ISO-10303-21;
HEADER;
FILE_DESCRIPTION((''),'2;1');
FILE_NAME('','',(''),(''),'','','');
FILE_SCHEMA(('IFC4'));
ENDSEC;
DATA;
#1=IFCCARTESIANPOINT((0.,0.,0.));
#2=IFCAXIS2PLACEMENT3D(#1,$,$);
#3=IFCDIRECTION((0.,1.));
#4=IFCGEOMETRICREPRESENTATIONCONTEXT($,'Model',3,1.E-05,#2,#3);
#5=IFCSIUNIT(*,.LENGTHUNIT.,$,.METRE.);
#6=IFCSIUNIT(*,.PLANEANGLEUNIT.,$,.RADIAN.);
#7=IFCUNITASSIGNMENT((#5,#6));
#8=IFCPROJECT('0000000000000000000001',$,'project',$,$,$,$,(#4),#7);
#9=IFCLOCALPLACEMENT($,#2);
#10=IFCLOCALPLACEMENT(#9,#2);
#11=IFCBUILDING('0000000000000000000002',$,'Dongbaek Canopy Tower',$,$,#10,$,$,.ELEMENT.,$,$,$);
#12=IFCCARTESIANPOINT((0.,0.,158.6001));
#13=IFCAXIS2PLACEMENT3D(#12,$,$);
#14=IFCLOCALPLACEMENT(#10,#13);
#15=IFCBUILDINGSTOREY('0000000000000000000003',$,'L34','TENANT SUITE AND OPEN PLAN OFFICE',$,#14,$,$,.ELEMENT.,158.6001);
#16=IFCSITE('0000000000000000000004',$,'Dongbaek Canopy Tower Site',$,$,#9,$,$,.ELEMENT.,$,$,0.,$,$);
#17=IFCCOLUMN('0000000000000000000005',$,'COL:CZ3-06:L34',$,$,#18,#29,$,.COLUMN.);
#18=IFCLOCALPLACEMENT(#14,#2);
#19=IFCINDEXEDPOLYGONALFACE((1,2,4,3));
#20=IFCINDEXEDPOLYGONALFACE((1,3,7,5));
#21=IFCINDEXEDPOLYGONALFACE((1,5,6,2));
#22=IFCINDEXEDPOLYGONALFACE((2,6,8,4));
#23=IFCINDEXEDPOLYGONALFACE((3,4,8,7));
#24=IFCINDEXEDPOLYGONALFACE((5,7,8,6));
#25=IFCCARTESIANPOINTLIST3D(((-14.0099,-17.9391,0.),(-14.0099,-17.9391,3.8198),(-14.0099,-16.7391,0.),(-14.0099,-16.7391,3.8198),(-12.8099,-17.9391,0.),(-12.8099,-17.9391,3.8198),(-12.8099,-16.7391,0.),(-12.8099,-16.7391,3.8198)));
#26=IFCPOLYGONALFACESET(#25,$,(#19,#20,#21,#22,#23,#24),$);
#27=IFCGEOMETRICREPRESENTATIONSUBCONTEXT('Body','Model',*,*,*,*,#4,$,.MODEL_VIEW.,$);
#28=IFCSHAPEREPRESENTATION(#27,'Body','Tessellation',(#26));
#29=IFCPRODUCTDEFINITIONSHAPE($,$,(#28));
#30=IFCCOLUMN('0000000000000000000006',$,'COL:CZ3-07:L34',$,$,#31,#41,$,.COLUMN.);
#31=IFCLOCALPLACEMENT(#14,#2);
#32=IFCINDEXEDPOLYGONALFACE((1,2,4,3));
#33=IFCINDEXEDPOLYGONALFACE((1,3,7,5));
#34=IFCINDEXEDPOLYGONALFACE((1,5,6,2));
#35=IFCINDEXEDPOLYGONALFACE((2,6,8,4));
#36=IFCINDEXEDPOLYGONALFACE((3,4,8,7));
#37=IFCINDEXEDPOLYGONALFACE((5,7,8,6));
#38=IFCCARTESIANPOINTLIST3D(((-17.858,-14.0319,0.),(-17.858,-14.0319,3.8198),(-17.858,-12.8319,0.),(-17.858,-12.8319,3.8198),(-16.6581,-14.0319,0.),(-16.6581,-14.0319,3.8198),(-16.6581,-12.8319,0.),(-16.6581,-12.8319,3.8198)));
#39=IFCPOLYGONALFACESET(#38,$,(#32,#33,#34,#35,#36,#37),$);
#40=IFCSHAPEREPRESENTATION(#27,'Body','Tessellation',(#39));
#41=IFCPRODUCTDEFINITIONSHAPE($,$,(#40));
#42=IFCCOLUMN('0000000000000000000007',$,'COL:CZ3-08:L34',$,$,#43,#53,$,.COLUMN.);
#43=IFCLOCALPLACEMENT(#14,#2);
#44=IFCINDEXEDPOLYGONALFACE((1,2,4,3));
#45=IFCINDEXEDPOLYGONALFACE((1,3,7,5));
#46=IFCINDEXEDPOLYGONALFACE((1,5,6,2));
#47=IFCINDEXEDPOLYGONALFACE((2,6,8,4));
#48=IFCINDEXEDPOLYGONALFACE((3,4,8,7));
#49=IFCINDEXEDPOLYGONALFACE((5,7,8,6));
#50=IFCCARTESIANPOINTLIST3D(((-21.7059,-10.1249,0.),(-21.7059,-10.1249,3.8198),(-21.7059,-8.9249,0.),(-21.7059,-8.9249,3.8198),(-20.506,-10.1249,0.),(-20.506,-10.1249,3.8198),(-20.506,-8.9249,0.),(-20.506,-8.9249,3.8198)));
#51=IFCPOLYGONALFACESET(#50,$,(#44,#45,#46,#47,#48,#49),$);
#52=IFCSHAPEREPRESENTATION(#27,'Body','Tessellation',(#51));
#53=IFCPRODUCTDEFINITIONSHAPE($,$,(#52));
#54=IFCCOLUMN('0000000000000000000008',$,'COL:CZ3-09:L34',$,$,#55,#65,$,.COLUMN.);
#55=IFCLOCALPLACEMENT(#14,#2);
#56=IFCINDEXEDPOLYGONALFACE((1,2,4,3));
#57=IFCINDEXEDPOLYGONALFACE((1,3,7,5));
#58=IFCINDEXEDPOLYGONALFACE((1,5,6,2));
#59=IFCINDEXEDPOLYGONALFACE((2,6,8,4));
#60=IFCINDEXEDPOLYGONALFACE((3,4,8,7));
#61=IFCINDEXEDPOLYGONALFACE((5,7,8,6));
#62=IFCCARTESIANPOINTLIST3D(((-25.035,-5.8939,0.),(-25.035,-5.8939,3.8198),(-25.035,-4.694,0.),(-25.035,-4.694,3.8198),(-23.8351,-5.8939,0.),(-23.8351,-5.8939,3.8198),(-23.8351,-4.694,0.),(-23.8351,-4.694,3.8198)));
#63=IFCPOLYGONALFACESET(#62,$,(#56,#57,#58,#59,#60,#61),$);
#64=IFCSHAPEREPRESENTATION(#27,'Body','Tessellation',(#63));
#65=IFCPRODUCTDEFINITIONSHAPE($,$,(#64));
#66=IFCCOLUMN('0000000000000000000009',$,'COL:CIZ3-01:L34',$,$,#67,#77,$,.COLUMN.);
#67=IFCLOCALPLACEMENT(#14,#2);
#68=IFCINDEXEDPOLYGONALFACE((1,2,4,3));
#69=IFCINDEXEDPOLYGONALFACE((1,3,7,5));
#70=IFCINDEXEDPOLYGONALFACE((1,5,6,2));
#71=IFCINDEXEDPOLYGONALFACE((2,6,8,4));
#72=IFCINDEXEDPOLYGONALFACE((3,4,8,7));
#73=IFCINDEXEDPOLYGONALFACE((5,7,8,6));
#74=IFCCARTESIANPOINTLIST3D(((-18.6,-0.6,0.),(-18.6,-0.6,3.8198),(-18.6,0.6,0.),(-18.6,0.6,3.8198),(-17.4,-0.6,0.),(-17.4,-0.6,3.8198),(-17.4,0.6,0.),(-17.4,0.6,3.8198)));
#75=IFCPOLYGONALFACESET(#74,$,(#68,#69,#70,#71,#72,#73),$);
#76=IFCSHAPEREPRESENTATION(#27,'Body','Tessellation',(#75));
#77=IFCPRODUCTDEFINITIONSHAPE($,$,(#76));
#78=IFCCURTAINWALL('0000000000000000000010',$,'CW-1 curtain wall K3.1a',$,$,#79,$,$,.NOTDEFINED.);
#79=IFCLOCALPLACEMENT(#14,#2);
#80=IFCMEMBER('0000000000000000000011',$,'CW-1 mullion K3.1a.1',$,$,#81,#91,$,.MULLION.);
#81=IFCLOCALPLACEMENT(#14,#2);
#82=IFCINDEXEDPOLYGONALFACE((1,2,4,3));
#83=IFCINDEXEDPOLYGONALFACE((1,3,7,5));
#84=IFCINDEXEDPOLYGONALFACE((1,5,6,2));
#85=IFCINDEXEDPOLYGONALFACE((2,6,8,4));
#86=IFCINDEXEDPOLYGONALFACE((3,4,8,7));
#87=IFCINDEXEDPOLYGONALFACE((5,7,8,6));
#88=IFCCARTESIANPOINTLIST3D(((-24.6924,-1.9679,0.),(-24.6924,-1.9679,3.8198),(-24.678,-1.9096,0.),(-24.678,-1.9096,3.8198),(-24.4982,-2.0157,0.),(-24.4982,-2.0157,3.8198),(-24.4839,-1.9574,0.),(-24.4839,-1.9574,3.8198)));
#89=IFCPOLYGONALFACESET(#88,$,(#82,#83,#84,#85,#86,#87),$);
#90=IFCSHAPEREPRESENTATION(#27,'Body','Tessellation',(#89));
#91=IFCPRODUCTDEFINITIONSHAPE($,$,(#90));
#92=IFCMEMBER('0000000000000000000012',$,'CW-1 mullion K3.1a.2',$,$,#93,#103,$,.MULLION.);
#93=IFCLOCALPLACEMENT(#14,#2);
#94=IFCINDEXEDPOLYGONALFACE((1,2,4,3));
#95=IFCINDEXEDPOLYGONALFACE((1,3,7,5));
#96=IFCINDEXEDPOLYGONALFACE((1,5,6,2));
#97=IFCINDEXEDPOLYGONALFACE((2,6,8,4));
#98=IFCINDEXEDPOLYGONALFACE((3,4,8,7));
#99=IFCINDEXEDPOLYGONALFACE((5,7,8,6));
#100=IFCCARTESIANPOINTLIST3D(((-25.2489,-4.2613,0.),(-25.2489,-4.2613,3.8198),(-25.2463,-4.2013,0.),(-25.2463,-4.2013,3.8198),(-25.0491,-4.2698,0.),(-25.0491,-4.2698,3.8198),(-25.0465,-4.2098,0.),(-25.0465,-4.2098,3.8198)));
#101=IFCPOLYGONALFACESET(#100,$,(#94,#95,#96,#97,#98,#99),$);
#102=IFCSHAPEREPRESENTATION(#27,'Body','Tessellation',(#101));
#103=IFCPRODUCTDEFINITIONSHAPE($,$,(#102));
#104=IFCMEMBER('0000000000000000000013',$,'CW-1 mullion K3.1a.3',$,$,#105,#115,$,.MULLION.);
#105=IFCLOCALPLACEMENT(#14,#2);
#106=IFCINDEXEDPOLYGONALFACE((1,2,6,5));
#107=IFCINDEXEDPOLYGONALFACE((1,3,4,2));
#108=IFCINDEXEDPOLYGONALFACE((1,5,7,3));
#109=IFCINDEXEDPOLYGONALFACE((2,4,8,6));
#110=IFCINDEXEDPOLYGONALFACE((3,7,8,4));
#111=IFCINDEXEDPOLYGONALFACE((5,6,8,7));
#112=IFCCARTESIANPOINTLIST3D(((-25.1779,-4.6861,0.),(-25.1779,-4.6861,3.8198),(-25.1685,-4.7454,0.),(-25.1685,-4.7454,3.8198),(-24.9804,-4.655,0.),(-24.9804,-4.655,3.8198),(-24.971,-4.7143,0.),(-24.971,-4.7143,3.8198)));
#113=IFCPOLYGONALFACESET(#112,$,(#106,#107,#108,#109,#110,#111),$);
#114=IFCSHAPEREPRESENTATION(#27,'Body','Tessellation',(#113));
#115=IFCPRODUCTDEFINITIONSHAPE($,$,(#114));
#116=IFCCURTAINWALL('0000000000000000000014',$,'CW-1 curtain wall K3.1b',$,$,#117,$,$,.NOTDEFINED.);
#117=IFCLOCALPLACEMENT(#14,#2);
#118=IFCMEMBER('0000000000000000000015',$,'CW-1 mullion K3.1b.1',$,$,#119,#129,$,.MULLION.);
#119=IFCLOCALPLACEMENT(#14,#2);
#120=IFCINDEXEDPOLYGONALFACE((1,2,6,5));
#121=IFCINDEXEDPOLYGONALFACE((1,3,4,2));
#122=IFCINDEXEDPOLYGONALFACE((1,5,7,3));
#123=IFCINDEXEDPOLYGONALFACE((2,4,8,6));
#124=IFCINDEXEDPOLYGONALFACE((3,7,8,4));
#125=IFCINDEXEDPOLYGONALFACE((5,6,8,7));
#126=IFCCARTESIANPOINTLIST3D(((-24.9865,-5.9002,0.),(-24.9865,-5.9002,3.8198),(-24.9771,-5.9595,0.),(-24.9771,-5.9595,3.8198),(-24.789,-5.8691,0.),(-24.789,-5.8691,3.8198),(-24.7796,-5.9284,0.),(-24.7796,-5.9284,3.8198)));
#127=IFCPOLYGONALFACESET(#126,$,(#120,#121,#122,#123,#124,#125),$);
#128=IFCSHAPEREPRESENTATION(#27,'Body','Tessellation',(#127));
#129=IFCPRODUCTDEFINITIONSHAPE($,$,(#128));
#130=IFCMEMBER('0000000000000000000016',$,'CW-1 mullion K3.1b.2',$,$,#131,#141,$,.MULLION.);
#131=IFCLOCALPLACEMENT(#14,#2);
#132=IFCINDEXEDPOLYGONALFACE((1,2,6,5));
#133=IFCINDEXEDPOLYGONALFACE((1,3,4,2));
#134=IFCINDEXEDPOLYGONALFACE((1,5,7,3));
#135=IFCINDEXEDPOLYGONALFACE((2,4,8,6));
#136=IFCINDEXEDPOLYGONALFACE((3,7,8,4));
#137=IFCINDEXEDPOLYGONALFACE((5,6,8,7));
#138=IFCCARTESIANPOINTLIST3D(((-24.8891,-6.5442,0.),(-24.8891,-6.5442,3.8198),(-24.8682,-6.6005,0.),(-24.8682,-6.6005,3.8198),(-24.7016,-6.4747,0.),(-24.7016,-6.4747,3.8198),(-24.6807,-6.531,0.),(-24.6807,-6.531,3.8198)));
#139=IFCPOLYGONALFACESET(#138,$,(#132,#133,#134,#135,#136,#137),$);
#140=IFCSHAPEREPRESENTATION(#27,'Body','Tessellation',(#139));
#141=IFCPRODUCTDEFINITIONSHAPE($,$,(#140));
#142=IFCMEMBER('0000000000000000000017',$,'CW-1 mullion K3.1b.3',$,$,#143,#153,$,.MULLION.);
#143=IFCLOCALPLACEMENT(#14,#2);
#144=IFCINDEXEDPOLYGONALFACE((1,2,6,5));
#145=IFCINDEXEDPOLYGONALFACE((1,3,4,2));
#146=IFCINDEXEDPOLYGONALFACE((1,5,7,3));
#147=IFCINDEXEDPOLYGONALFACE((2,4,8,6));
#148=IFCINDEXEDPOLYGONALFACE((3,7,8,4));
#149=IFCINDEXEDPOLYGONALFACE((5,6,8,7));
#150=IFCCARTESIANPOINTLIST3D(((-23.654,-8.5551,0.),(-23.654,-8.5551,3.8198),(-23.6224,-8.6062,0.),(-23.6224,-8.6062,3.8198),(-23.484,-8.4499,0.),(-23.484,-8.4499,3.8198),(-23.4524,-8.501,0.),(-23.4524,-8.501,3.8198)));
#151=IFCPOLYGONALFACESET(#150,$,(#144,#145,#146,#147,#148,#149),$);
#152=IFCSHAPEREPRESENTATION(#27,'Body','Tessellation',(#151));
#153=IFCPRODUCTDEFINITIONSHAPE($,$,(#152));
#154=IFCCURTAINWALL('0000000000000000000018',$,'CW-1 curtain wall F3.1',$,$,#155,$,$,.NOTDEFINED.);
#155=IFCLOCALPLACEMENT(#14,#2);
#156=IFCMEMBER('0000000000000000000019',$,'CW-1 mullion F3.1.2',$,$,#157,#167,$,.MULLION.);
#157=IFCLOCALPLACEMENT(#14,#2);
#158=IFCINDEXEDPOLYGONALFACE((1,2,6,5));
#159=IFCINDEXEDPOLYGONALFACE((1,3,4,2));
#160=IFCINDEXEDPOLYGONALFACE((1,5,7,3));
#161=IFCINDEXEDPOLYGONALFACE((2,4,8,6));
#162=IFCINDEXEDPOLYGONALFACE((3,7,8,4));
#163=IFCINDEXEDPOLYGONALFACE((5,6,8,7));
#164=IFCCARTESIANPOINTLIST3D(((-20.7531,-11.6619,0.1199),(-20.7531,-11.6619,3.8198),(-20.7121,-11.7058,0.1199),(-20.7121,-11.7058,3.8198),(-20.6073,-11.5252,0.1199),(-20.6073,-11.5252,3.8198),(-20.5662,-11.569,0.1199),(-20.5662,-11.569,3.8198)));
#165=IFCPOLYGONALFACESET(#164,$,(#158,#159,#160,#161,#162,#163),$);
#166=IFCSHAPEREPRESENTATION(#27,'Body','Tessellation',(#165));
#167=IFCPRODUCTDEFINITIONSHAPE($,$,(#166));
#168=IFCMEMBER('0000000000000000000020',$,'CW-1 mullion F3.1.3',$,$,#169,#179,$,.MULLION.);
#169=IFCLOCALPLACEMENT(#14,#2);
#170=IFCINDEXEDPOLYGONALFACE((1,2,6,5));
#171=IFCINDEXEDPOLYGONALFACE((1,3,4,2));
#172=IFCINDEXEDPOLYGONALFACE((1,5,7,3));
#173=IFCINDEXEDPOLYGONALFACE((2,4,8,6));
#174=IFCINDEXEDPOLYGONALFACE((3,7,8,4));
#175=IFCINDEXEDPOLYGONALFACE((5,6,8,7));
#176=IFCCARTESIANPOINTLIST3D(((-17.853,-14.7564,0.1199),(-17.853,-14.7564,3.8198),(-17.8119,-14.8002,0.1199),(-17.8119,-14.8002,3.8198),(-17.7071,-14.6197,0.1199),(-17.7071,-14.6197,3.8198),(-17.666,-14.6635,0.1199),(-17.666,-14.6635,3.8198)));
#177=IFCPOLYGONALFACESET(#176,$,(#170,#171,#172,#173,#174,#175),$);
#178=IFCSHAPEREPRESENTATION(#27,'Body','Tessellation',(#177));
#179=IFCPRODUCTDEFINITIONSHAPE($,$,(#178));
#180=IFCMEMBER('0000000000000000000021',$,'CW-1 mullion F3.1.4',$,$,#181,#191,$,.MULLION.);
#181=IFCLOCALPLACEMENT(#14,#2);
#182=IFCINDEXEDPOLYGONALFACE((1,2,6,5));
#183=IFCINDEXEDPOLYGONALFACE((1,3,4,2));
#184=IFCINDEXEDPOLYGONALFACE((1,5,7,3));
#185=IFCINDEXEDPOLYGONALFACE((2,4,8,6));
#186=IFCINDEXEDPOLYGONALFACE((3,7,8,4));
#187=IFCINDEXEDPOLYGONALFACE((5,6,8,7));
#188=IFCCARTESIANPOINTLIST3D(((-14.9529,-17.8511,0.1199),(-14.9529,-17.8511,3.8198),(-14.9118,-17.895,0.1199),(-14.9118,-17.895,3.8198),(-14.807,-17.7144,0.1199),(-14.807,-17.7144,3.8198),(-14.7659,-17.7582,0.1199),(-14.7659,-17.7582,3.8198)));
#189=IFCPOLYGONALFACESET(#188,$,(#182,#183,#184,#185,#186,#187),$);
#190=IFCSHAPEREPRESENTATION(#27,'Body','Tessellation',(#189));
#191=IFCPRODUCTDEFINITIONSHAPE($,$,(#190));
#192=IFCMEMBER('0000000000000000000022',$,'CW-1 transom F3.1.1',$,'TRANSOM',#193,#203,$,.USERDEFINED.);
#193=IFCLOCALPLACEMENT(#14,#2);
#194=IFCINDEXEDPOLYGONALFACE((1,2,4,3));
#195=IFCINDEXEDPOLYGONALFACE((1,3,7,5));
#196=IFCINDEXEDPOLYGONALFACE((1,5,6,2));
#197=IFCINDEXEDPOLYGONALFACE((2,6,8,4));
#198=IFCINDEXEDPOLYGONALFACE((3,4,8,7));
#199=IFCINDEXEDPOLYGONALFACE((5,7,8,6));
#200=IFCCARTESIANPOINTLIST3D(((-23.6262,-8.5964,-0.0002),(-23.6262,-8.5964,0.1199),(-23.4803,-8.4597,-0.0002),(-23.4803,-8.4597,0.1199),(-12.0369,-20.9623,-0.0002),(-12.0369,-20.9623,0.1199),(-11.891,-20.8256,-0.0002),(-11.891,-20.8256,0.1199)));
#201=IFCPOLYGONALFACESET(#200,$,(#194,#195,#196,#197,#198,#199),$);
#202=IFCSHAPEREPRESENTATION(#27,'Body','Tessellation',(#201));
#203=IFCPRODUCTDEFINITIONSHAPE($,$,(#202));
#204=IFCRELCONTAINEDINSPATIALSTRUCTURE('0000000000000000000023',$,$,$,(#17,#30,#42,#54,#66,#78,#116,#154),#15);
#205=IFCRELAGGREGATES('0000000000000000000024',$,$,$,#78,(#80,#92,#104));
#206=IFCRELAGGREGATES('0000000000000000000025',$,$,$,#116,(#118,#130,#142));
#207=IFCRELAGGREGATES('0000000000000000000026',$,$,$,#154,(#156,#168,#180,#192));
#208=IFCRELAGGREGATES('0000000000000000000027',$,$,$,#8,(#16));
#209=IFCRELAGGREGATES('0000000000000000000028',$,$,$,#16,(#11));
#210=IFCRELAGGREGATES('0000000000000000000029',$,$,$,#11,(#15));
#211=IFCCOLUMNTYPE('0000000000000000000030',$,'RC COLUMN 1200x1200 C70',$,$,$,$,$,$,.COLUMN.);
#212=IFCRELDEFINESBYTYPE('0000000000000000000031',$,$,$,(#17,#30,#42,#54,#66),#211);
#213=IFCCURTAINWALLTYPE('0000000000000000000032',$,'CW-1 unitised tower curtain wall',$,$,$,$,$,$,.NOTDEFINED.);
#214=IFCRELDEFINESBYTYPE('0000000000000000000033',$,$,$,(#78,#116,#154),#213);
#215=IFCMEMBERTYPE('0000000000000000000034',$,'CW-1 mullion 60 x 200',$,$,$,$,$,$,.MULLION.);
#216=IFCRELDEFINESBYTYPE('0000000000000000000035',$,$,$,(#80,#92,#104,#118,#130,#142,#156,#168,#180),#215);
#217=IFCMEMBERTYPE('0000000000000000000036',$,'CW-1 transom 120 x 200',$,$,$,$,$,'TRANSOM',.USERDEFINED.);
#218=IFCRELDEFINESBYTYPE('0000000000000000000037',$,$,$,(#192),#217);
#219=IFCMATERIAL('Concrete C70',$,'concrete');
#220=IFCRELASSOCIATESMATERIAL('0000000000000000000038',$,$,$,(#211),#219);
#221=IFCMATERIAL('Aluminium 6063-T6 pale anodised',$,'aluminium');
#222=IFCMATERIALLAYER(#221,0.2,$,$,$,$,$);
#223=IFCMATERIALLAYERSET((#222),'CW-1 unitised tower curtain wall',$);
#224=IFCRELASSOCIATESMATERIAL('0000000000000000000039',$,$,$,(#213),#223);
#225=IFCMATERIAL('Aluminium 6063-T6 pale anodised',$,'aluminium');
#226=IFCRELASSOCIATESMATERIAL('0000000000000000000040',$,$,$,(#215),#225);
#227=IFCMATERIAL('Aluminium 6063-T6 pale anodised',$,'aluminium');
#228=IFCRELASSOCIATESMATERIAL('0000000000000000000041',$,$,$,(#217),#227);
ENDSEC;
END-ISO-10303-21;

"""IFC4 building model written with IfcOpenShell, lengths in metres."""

from ifc_helpers import new_model, si_unit, direction, frame, origin, origin_2d, place, context, subcontext, project, spatial, rectangle, extrude, material, layer, layer_set, material_profile, profile_set, type_object, element, aggregate, save


model = new_model("IFC4")

# Units and contexts
model_context = context("Model", 3, precision=1e-05, world=origin(), true_north=direction((0.0, 1.0)))
body_context = subcontext(model_context, "Body", "Model", "MODEL_VIEW")
ifc_project = project(units=[si_unit("LENGTHUNIT", "METRE"), si_unit("PLANEANGLEUNIT", "RADIAN")], contexts=[model_context])

# Site, building, storey
site_placement = place(None, origin())
site = spatial("IfcSite", under=ifc_project, at=site_placement, Name="Dongbaek Canopy Tower Site", CompositionType="ELEMENT", RefElevation=0.0)
building_placement = place(site_placement, origin())
building = spatial("IfcBuilding", under=site, at=building_placement, Name="Dongbaek Canopy Tower", CompositionType="ELEMENT")
storey_placement = place(building_placement, frame((0.0, 0.0, 158.6001)))
storey = spatial("IfcBuildingStorey", under=building, at=storey_placement, Name="L34", Description="TENANT SUITE AND OPEN PLAN OFFICE", CompositionType="ELEMENT", Elevation=158.6001)

# Columns
ifc_material_1 = material(Name="Concrete C70", Category="concrete")
ifc_material_profile_1 = material_profile(ifc_material_1, rectangle(XDim=1.2, YDim=1.2, at=origin_2d()), Name="RC COLUMN 1200x1200 C70")
ifc_profile_set_1 = profile_set([ifc_material_profile_1], Name="Concrete C70")
column_type = type_object("IfcColumnType", Name="RC COLUMN 1200x1200 C70", PredefinedType="COLUMN", material=ifc_profile_set_1)
for number, where, z_axis, x_axis, name in (
    (1, (-13.4099, -17.3391, 0.0), (0.0, 0.0, 1.0), (1.0, 0.0, 0.0), "COL:CZ3-06:L34"),
    (2, (-17.2581, -13.4319, 0.0), (0.0, 0.0, 1.0), (1.0, 0.0, 0.0), "COL:CZ3-07:L34"),
    (3, (-21.106, -9.5249, 0.0), (0.0, 0.0, 1.0), (1.0, 0.0, 0.0), "COL:CZ3-08:L34"),
    (4, (-24.4351, -5.2939, 0.0), (0.0, 0.0, 1.0), (1.0, 0.0, 0.0), "COL:CZ3-09:L34"),
    (5, (-18.0, 0.0, 0.0), (0.0, 0.0, 1.0), (1.0, 0.0, 0.0), "COL:CIZ3-01:L34"),
):
    element("IfcColumn", number, at=place(storey_placement, frame(where, z_axis=z_axis, x_axis=x_axis)), inside=storey, type_object=column_type, Name=name, PredefinedType="COLUMN", context=body_context, shape_type="SweptSolid", body=[
        extrude(rectangle(XDim=1.2, YDim=1.2, at=origin_2d()), origin(), (0.0, 0.0, 1.0), 3.8198),
    ])

# Curtain walls, members
ifc_material_2 = material(Name="Aluminium 6063-T6 pale anodised", Category="aluminium")
ifc_layer_1 = layer(ifc_material_2, 0.2)
ifc_layer_set_1 = layer_set([ifc_layer_1], Name="CW-1 unitised tower curtain wall")
curtain_wall_type = type_object("IfcCurtainWallType", Name="CW-1 unitised tower curtain wall", PredefinedType="NOTDEFINED", material=ifc_layer_set_1)
curtain_wall_1_placement = place(storey_placement, origin())
curtain_wall_1 = element("IfcCurtainWall", 6, at=curtain_wall_1_placement, inside=storey, type_object=curtain_wall_type, Name="CW-1 curtain wall K3.1a", PredefinedType="NOTDEFINED")
ifc_material_3 = material(Name="Aluminium 6063-T6 pale anodised", Category="aluminium")
ifc_material_profile_2 = material_profile(ifc_material_3, rectangle(XDim=0.2, YDim=0.0601, at=origin_2d()), Name="CW-1 mullion 60 x 200")
ifc_profile_set_2 = profile_set([ifc_material_profile_2], Name="Aluminium 6063-T6 pale anodised")
member_type_1 = type_object("IfcMemberType", Name="CW-1 mullion 60 x 200", PredefinedType="MULLION", material=ifc_profile_set_2)
member_1_placement = place(storey_placement, frame((-24.5881, -1.9626, 0.0), z_axis=(0.0, 0.0, 1.0), x_axis=(-0.971001, 0.239077, 0.0)))
member_1 = element("IfcMember", 7, at=member_1_placement, type_object=member_type_1, Name="CW-1 mullion K3.1a.1", PredefinedType="MULLION", context=body_context, shape_type="SweptSolid", body=[
    extrude(rectangle(XDim=0.2, YDim=0.0601, at=origin_2d()), origin(), (0.0, 0.0, 1.0), 3.8198),
])
member_2_placement = place(storey_placement, frame((-25.1477, -4.2356, 0.0), z_axis=(0.0, 0.0, 1.0), x_axis=(-0.999096, 0.042522, 0.0)))
member_2 = element("IfcMember", 8, at=member_2_placement, type_object=member_type_1, Name="CW-1 mullion K3.1a.2", PredefinedType="MULLION", context=body_context, shape_type="SweptSolid", body=[
    extrude(rectangle(XDim=0.2, YDim=0.0601, at=origin_2d()), origin(), (0.0, 0.0, 1.0), 3.8198),
])
member_3_placement = place(storey_placement, frame((-25.0745, -4.7002, 0.0), z_axis=(0.0, 0.0, 1.0), x_axis=(-0.987803, -0.15571, 0.0)))
member_3 = element("IfcMember", 9, at=member_3_placement, type_object=member_type_1, Name="CW-1 mullion K3.1a.3", PredefinedType="MULLION", context=body_context, shape_type="SweptSolid", body=[
    extrude(rectangle(XDim=0.2, YDim=0.0601, at=origin_2d()), origin(), (0.0, 0.0, 1.0), 3.8198),
])
curtain_wall_2_placement = place(storey_placement, origin())
curtain_wall_2 = element("IfcCurtainWall", 10, at=curtain_wall_2_placement, inside=storey, type_object=curtain_wall_type, Name="CW-1 curtain wall K3.1b", PredefinedType="NOTDEFINED")
member_4_placement = place(storey_placement, frame((-24.8831, -5.9143, 0.0), z_axis=(0.0, 0.0, 1.0), x_axis=(-0.987803, -0.15571, 0.0)))
member_4 = element("IfcMember", 11, at=member_4_placement, type_object=member_type_1, Name="CW-1 mullion K3.1b.1", PredefinedType="MULLION", context=body_context, shape_type="SweptSolid", body=[
    extrude(rectangle(XDim=0.2, YDim=0.0601, at=origin_2d()), origin(), (0.0, 0.0, 1.0), 3.8198),
])
member_5_placement = place(storey_placement, frame((-24.7849, -6.5376, 0.0), z_axis=(0.0, 0.0, 1.0), x_axis=(-0.937568, -0.347803, 0.0)))
member_5 = element("IfcMember", 12, at=member_5_placement, type_object=member_type_1, Name="CW-1 mullion K3.1b.2", PredefinedType="MULLION", context=body_context, shape_type="SweptSolid", body=[
    extrude(rectangle(XDim=0.2, YDim=0.0601, at=origin_2d()), origin(), (0.0, 0.0, 1.0), 3.8198),
])
member_6_placement = place(storey_placement, frame((-23.5532, -8.5281, 0.0), z_axis=(0.0, 0.0, 1.0), x_axis=(-0.85037, -0.526184, 0.0)))
member_6 = element("IfcMember", 13, at=member_6_placement, type_object=member_type_1, Name="CW-1 mullion K3.1b.3", PredefinedType="MULLION", context=body_context, shape_type="SweptSolid", body=[
    extrude(rectangle(XDim=0.2, YDim=0.0601, at=origin_2d()), origin(), (0.0, 0.0, 1.0), 3.8198),
])
curtain_wall_3_placement = place(storey_placement, origin())
curtain_wall_3 = element("IfcCurtainWall", 14, at=curtain_wall_3_placement, inside=storey, type_object=curtain_wall_type, Name="CW-1 curtain wall F3.1", PredefinedType="NOTDEFINED")
member_7_placement = place(storey_placement, frame((-20.6597, -11.6155, 0.1199), z_axis=(0.0, 0.0, 1.0), x_axis=(-0.729649, -0.683822, 0.0)))
member_7 = element("IfcMember", 15, at=member_7_placement, type_object=member_type_1, Name="CW-1 mullion F3.1.2", PredefinedType="MULLION", context=body_context, shape_type="SweptSolid", body=[
    extrude(rectangle(XDim=0.2, YDim=0.0601, at=origin_2d()), origin(), (0.0, 0.0, 1.0), 3.7),
])
member_8_placement = place(storey_placement, frame((-17.7595, -14.71, 0.1199), z_axis=(0.0, 0.0, 1.0), x_axis=(-0.729649, -0.683822, 0.0)))
member_8 = element("IfcMember", 16, at=member_8_placement, type_object=member_type_1, Name="CW-1 mullion F3.1.3", PredefinedType="MULLION", context=body_context, shape_type="SweptSolid", body=[
    extrude(rectangle(XDim=0.2, YDim=0.0601, at=origin_2d()), origin(), (0.0, 0.0, 1.0), 3.7),
])
member_9_placement = place(storey_placement, frame((-14.8594, -17.8047, 0.1199), z_axis=(0.0, 0.0, 1.0), x_axis=(-0.729649, -0.683822, 0.0)))
member_9 = element("IfcMember", 17, at=member_9_placement, type_object=member_type_1, Name="CW-1 mullion F3.1.4", PredefinedType="MULLION", context=body_context, shape_type="SweptSolid", body=[
    extrude(rectangle(XDim=0.2, YDim=0.0601, at=origin_2d()), origin(), (0.0, 0.0, 1.0), 3.7),
])
ifc_material_4 = material(Name="Aluminium 6063-T6 pale anodised", Category="aluminium")
ifc_material_profile_3 = material_profile(ifc_material_4, rectangle(XDim=0.2, YDim=0.1201, at=origin_2d()), Name="CW-1 transom 120 x 200")
ifc_profile_set_3 = profile_set([ifc_material_profile_3], Name="Aluminium 6063-T6 pale anodised")
member_type_2 = type_object("IfcMemberType", Name="CW-1 transom 120 x 200", ElementType="TRANSOM", PredefinedType="USERDEFINED", material=ifc_profile_set_3)
member_10_placement = place(storey_placement, frame((-23.5532, -8.5281, 0.0598), z_axis=(0.683824, -0.729647, 0.0), x_axis=(0.729647, 0.683824, 0.0)))
member_10 = element("IfcMember", 18, at=member_10_placement, type_object=member_type_2, Name="CW-1 transom F3.1.1", ObjectType="TRANSOM", PredefinedType="USERDEFINED", context=body_context, shape_type="SweptSolid", body=[
    extrude(rectangle(XDim=0.2, YDim=0.1201, at=origin_2d()), origin(), (0.0, 0.0, 1.0), 16.9478),
])

aggregate(curtain_wall_1, [member_1, member_2, member_3])
aggregate(curtain_wall_2, [member_4, member_5, member_6])

aggregate(curtain_wall_3, [member_7, member_8, member_9, member_10])

save(model, "model.ifc")
